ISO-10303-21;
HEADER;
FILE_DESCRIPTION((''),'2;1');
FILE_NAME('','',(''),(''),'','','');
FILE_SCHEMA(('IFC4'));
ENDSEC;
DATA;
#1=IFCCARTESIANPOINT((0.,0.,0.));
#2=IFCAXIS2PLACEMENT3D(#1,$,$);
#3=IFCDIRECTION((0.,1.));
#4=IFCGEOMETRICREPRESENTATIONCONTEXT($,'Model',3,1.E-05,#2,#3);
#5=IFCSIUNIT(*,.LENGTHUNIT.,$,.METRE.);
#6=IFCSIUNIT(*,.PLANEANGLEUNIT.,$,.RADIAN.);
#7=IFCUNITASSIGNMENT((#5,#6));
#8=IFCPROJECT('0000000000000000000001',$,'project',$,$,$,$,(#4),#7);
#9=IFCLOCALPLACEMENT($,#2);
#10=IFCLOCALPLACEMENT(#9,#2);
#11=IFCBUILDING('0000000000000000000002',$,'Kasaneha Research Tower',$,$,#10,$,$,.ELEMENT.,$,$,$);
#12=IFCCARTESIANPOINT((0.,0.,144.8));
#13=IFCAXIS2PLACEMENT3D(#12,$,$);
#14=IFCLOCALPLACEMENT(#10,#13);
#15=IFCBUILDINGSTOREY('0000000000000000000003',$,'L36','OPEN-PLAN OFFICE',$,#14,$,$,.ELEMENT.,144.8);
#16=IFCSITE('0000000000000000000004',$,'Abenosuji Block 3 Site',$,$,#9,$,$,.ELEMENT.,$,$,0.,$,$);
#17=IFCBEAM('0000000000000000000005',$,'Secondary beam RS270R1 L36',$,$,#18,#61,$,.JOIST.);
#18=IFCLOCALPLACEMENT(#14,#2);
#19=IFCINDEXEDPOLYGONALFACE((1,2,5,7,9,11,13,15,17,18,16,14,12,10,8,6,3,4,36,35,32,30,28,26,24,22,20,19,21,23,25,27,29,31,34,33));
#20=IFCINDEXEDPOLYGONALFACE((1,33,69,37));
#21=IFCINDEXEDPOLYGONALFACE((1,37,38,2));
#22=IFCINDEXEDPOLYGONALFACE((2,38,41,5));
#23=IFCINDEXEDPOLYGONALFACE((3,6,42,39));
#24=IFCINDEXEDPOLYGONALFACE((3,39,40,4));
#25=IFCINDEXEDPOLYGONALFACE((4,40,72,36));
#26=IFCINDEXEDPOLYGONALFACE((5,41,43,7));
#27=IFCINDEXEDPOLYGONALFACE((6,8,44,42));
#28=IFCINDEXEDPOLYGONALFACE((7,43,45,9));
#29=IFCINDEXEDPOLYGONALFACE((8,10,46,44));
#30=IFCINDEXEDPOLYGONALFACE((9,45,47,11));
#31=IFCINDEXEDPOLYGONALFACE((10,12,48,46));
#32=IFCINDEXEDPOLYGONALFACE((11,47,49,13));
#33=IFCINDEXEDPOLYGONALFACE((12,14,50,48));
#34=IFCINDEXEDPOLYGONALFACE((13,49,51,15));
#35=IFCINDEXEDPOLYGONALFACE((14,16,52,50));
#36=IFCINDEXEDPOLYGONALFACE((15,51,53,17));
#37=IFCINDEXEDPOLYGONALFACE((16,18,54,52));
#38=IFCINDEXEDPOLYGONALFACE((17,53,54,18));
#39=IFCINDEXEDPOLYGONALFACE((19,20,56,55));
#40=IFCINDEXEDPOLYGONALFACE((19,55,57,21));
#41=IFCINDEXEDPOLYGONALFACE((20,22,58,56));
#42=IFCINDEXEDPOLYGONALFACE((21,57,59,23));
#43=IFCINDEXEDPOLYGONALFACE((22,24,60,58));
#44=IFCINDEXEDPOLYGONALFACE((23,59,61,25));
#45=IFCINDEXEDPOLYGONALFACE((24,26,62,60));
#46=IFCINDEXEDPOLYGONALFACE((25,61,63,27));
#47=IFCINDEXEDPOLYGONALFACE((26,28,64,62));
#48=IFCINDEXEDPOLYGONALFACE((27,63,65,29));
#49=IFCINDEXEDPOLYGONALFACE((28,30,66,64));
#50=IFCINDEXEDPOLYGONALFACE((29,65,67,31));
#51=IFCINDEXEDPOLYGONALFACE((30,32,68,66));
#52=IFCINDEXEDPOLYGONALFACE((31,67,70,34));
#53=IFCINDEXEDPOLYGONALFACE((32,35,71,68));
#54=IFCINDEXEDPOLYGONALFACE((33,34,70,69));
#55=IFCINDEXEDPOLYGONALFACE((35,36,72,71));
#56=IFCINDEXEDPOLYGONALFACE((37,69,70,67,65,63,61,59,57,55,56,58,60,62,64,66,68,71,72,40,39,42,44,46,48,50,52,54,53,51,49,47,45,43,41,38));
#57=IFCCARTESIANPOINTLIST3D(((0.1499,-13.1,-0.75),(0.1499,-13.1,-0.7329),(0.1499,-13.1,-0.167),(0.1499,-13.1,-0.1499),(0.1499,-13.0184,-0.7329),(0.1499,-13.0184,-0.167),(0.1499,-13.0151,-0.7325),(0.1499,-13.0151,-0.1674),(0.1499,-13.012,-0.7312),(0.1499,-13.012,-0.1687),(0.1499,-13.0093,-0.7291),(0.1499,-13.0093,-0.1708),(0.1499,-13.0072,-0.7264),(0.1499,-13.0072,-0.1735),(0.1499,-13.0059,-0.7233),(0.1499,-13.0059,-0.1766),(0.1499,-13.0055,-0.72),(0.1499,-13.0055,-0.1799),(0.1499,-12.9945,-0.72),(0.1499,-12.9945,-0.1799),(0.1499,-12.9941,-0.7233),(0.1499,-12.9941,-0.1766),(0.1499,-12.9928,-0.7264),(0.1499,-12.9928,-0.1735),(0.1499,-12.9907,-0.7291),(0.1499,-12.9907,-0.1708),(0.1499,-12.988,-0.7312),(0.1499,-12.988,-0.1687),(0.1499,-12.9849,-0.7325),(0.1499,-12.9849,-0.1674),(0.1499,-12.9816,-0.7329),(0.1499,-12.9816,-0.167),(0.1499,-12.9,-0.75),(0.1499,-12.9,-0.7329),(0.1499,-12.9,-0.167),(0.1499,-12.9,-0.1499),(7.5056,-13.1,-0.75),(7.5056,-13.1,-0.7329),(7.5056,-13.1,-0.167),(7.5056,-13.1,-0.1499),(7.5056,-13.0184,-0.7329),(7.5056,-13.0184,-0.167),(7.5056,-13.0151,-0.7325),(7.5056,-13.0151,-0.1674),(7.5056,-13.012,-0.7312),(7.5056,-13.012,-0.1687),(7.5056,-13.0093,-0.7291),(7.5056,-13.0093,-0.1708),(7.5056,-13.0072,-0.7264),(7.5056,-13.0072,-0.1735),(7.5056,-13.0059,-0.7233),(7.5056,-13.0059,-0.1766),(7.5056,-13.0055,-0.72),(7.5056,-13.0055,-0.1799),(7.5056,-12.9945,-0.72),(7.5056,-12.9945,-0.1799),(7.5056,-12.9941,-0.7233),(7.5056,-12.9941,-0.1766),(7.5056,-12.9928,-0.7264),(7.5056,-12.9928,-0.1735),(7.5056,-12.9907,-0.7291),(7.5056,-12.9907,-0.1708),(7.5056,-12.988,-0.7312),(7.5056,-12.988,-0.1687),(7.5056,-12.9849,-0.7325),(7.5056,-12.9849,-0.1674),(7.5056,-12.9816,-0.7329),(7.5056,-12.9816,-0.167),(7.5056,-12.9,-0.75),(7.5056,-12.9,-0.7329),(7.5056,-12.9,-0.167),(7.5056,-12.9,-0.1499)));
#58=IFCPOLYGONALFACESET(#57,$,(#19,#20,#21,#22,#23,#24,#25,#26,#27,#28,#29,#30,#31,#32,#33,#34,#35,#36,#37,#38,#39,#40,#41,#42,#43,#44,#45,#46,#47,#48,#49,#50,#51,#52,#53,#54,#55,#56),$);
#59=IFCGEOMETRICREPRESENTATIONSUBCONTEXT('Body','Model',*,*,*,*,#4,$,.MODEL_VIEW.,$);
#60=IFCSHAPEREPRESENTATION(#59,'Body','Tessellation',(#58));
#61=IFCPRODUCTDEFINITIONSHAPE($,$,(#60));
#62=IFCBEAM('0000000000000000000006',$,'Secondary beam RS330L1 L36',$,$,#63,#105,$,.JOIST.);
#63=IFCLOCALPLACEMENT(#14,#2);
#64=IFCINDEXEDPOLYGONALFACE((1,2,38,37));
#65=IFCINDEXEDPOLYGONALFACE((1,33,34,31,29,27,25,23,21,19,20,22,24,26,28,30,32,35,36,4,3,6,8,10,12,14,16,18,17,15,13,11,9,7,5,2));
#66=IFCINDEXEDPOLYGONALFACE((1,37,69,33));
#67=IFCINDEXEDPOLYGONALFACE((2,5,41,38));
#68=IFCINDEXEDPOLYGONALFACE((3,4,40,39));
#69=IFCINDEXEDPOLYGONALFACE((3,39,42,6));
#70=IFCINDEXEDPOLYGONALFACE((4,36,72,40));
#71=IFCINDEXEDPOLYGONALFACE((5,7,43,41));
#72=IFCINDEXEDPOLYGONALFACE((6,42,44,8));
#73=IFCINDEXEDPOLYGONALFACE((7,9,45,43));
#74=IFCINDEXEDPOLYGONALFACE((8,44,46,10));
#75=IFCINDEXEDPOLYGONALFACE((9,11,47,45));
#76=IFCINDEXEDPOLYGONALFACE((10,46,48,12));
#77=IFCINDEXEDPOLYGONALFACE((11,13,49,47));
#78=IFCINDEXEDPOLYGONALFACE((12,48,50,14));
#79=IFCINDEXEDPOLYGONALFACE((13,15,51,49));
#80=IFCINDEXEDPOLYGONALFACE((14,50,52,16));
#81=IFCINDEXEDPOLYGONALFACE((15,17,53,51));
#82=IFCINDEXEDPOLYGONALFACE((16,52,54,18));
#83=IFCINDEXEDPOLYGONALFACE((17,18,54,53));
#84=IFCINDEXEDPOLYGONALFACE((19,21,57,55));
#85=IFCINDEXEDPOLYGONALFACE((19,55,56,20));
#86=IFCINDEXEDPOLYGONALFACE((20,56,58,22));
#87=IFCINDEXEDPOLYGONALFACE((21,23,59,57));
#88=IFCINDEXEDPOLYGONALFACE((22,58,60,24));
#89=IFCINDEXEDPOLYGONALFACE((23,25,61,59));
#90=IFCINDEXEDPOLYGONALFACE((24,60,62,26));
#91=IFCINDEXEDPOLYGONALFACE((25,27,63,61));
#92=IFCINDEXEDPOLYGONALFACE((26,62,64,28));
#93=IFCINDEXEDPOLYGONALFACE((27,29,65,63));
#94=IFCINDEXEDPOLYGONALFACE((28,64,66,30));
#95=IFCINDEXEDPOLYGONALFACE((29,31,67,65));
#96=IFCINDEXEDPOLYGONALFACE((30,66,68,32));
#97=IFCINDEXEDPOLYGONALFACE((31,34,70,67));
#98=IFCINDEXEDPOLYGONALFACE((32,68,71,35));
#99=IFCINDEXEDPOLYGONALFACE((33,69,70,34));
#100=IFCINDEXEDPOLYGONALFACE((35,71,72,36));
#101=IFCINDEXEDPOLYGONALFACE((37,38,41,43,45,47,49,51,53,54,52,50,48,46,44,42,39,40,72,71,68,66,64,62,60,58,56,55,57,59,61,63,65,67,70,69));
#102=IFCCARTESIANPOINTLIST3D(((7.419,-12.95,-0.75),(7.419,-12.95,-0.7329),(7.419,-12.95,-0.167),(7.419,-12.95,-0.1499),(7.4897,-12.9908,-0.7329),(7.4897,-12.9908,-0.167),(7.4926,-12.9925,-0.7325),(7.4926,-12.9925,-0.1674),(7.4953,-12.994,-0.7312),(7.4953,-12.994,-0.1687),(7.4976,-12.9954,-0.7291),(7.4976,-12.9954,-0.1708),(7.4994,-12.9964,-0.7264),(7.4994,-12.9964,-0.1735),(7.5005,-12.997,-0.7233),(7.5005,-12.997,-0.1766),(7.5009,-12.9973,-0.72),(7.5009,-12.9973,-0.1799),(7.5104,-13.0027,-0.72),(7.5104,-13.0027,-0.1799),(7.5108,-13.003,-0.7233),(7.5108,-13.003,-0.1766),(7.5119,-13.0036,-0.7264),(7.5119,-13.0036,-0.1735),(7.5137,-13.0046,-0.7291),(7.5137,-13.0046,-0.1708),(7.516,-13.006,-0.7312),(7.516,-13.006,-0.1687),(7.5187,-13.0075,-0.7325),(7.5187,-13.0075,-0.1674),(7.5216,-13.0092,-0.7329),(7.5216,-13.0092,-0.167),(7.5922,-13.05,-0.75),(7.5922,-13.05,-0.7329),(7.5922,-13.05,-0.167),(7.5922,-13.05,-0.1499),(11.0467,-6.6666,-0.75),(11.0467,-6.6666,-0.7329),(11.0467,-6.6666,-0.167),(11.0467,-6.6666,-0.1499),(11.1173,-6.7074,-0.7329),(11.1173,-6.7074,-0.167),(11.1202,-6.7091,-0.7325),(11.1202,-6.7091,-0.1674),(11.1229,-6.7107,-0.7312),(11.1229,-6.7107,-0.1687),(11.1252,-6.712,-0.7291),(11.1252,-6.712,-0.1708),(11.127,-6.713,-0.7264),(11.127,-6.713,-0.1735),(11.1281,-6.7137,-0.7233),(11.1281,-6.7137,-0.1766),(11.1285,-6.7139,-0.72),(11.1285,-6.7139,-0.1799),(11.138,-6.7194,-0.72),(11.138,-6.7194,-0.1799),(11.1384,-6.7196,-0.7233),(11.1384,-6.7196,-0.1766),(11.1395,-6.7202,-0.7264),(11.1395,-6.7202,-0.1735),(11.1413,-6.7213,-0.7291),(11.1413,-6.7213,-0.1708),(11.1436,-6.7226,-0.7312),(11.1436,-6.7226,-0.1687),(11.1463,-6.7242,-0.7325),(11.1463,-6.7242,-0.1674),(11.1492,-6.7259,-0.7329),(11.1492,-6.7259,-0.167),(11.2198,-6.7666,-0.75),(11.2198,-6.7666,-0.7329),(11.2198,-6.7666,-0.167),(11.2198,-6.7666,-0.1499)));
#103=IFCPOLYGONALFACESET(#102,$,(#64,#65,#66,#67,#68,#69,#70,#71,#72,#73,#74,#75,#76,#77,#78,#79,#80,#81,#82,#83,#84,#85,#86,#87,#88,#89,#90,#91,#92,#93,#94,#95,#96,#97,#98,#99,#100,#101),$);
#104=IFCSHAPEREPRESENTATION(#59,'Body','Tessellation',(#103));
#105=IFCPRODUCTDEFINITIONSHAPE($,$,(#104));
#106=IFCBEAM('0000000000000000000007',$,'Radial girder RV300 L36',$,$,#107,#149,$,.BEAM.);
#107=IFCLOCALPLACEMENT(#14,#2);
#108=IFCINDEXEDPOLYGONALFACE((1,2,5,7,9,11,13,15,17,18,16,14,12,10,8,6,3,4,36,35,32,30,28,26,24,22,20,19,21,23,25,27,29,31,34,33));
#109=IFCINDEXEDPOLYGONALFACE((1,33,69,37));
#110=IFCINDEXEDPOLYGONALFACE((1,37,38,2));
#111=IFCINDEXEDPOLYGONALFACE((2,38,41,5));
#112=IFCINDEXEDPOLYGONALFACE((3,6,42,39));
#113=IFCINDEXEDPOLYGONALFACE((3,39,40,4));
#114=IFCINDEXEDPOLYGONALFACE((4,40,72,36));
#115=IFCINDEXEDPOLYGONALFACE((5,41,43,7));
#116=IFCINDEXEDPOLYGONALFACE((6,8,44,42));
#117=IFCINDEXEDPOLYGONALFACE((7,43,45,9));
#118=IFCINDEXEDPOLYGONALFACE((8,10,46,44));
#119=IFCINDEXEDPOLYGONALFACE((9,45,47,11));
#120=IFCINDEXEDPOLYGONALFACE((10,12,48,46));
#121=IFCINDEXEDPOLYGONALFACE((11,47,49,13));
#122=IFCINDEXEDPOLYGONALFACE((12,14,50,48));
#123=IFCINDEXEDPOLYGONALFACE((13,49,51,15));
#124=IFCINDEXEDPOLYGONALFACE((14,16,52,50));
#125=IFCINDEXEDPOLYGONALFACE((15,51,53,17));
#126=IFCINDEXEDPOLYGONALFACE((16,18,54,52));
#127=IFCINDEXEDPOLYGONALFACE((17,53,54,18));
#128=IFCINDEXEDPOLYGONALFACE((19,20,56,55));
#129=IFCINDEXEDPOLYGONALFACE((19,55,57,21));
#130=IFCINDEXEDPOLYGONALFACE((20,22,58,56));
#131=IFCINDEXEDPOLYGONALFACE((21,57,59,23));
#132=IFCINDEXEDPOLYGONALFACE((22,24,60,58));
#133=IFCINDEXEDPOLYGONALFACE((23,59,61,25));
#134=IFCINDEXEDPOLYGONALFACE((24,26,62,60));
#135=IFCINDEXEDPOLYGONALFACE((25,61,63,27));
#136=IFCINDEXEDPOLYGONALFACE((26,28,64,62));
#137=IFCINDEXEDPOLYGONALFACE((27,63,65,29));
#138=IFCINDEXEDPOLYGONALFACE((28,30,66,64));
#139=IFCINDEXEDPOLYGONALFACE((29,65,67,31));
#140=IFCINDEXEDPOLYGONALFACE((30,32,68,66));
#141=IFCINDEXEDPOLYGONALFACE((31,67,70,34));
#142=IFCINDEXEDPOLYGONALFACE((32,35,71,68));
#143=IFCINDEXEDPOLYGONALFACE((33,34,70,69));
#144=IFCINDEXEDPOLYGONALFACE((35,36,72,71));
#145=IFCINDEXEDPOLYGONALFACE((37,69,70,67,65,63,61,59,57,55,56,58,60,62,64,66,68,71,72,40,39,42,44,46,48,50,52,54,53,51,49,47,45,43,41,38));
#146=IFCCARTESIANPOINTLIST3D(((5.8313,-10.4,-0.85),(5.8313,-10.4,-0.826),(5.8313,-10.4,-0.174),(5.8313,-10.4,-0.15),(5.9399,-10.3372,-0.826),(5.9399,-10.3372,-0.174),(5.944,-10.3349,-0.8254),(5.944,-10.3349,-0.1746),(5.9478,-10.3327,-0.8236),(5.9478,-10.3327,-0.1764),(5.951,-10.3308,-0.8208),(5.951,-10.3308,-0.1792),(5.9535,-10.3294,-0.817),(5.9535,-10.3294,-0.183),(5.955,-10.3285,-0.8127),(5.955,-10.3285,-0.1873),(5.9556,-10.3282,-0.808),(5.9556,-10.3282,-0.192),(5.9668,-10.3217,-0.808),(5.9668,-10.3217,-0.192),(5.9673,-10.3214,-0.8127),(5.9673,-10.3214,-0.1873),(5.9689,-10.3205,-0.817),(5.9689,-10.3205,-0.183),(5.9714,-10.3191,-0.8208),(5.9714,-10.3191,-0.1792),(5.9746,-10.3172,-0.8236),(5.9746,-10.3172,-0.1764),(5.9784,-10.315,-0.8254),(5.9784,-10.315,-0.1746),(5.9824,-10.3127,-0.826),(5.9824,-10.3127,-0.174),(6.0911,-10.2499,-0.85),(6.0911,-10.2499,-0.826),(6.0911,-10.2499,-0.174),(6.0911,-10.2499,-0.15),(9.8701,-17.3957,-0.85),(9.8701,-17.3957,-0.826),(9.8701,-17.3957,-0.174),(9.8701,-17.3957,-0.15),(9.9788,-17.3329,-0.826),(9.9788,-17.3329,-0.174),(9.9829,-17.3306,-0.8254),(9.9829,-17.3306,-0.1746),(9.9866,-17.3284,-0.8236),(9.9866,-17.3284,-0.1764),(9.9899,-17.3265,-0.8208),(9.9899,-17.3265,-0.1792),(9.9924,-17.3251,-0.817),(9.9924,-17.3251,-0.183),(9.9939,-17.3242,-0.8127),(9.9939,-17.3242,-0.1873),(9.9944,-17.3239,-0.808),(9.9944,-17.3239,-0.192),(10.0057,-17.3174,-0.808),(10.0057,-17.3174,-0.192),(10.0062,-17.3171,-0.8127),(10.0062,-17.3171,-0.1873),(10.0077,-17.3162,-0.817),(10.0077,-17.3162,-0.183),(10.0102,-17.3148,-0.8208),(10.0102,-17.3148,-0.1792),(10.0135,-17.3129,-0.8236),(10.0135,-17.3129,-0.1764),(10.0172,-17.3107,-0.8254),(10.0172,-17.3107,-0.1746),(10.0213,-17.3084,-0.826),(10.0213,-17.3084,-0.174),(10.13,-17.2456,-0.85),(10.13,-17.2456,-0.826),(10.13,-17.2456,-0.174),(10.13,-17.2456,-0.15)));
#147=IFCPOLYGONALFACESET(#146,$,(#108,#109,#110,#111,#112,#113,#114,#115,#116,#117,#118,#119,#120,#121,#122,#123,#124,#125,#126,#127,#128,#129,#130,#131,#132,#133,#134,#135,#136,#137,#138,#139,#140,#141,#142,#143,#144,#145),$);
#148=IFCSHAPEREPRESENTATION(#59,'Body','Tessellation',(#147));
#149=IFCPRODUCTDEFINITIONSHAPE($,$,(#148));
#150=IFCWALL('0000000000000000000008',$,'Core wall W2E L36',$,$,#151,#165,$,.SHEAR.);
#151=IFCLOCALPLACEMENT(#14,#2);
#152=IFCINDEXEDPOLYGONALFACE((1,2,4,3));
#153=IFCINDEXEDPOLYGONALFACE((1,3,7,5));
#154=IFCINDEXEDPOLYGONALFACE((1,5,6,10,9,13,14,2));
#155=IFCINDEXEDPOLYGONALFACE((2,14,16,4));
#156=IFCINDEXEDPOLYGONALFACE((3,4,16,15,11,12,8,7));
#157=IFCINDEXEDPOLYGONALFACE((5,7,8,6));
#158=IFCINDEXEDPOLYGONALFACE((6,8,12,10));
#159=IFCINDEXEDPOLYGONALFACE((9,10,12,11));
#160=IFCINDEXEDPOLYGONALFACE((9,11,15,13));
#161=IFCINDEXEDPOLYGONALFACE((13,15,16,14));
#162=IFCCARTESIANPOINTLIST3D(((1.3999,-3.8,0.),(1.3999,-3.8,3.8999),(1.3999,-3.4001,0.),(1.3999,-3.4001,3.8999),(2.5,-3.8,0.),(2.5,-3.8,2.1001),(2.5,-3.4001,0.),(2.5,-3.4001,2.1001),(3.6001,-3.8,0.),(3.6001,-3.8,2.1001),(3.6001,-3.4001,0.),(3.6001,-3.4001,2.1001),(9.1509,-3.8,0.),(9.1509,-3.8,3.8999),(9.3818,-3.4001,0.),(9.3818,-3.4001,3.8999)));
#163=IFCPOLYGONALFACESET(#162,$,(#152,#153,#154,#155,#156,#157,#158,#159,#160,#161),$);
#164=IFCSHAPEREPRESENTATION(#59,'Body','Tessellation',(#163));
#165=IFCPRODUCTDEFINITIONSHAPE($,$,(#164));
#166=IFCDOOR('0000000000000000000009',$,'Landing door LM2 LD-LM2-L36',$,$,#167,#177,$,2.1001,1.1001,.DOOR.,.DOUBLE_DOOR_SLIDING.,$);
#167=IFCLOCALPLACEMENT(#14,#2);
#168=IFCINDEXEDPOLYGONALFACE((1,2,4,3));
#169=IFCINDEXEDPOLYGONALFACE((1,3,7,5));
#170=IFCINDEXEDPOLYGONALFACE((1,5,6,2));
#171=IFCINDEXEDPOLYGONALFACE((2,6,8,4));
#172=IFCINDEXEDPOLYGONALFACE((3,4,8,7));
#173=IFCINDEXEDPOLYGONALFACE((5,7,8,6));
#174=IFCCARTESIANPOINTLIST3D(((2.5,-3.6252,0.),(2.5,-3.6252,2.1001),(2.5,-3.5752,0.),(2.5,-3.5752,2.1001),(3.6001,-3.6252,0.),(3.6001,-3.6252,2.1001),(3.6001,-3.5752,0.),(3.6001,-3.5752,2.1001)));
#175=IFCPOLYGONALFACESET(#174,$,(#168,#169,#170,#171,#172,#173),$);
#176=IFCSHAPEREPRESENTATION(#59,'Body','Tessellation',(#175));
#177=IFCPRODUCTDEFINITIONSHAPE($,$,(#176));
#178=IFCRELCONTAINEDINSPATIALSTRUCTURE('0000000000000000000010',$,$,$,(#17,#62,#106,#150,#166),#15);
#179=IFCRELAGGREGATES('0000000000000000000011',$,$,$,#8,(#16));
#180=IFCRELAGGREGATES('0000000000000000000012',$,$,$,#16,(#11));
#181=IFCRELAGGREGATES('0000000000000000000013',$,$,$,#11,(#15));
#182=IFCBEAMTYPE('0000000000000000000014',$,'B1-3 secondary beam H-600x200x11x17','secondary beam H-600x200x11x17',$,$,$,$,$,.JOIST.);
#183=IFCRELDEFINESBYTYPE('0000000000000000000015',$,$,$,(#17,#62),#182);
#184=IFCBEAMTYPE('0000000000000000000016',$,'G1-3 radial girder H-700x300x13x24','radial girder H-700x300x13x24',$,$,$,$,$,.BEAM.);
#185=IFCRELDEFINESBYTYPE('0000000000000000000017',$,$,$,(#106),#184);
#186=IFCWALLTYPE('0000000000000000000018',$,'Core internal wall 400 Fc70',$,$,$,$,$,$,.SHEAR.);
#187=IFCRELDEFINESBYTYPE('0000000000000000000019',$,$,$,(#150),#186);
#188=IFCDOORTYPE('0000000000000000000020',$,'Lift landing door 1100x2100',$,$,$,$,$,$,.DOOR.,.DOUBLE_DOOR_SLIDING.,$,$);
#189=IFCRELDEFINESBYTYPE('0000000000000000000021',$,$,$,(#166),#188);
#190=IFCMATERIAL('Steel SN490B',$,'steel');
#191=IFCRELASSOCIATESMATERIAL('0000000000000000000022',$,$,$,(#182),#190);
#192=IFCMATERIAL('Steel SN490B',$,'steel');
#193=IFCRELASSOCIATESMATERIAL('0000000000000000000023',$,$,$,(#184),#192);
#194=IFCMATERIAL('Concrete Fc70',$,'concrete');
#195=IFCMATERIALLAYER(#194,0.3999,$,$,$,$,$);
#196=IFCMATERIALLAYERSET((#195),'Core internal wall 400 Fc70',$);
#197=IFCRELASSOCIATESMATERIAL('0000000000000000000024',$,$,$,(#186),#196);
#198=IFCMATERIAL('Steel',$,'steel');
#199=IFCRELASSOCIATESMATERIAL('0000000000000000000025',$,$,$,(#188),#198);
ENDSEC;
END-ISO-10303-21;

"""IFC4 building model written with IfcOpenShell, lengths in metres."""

from ifc_helpers import new_model, si_unit, direction, frame, frame_2d, origin, origin_2d, place, context, subcontext, project, spatial, polyline, rectangle, i_section, outline, extrude, material, layer, layer_set, material_profile, profile_set, type_object, element, fill, save


model = new_model("IFC4")

# Units and contexts
model_context = context("Model", 3, precision=1e-05, world=origin(), true_north=direction((0.0, 1.0)))
body_context = subcontext(model_context, "Body", "Model", "MODEL_VIEW")
ifc_project = project(units=[si_unit("LENGTHUNIT", "METRE"), si_unit("PLANEANGLEUNIT", "RADIAN")], contexts=[model_context])

# Site, building, storey
site_placement = place(None, origin())
site = spatial("IfcSite", under=ifc_project, at=site_placement, Name="Abenosuji Block 3 Site", CompositionType="ELEMENT", RefElevation=0.0)
building_placement = place(site_placement, origin())
building = spatial("IfcBuilding", under=site, at=building_placement, Name="Kasaneha Research Tower", CompositionType="ELEMENT")
storey_placement = place(building_placement, frame((0.0, 0.0, 144.8)))
storey = spatial("IfcBuildingStorey", under=building, at=storey_placement, Name="L36", Description="OPEN-PLAN OFFICE", CompositionType="ELEMENT", Elevation=144.8)

# Beams
ifc_material_1 = material(Name="Steel SN490B", Category="steel")
ifc_material_profile_1 = material_profile(ifc_material_1, i_section(OverallWidth=0.2, OverallDepth=0.6001, WebThickness=0.011, FlangeThickness=0.0171, FilletRadius=0.0129, at=origin_2d()), Name="H-600x200x11x17")
ifc_profile_set_1 = profile_set([ifc_material_profile_1], Name="Steel SN490B")
beam_type_1 = type_object("IfcBeamType", Name="B1-3 secondary beam H-600x200x11x17", Description="secondary beam H-600x200x11x17", PredefinedType="JOIST", material=ifc_profile_set_1)
beam_1_placement = place(storey_placement, frame((7.5056, -13.0, -0.45), z_axis=(-1.0, 0.0, 0.0), x_axis=(0.0, -1.0, 0.0)))
element("IfcBeam", 1, at=beam_1_placement, inside=storey, type_object=beam_type_1, Name="Secondary beam RS270R1 L36", PredefinedType="JOIST", context=body_context, shape_type="SweptSolid", body=[
    extrude(i_section(OverallWidth=0.2, OverallDepth=0.6001, WebThickness=0.011, FlangeThickness=0.0171, FilletRadius=0.0129, at=origin_2d()), origin(), (0.0, 0.0, 1.0), 7.3557),
])
beam_2_placement = place(storey_placement, frame((7.5056, -13.0, -0.45), z_axis=(0.499993, 0.866029, 0.0), x_axis=(-0.866029, 0.499993, 0.0)))
element("IfcBeam", 2, at=beam_2_placement, inside=storey, type_object=beam_type_1, Name="Secondary beam RS330L1 L36", PredefinedType="JOIST", context=body_context, shape_type="SweptSolid", body=[
    extrude(i_section(OverallWidth=0.2, OverallDepth=0.6001, WebThickness=0.011, FlangeThickness=0.0171, FilletRadius=0.0129, at=origin_2d()), origin(), (0.0, 0.0, 1.0), 7.2554),
])
ifc_material_2 = material(Name="Steel SN490B", Category="steel")
ifc_material_profile_2 = material_profile(ifc_material_2, i_section(OverallWidth=0.3, OverallDepth=0.7, WebThickness=0.0129, FlangeThickness=0.0239, FilletRadius=0.0181, at=origin_2d()), Name="H-700x300x13x24")
ifc_profile_set_2 = profile_set([ifc_material_profile_2], Name="Steel SN490B")
beam_type_2 = type_object("IfcBeamType", Name="G1-3 radial girder H-700x300x13x24", Description="radial girder H-700x300x13x24", PredefinedType="BEAM", material=ifc_profile_set_2)
beam_3_placement = place(storey_placement, frame((5.9612, -10.325, -0.5), z_axis=(0.499991, -0.866031, 0.0), x_axis=(0.866031, 0.499991, 0.0)))
element("IfcBeam", 3, at=beam_3_placement, inside=storey, type_object=beam_type_2, Name="Radial girder RV300 L36", PredefinedType="BEAM", context=body_context, shape_type="SweptSolid", body=[
    extrude(i_section(OverallWidth=0.3, OverallDepth=0.7, WebThickness=0.0129, FlangeThickness=0.0239, FilletRadius=0.0181, at=origin_2d()), origin(), (0.0, 0.0, 1.0), 8.0779),
])

# Wall, opening, door
ifc_material_3 = material(Name="Concrete Fc70", Category="concrete")
ifc_layer_1 = layer(ifc_material_3, 0.3999)
ifc_layer_set_1 = layer_set([ifc_layer_1], Name="Core internal wall 400 Fc70")
wall_type_1 = type_object("IfcWallType", Name="Core internal wall 400 Fc70", PredefinedType="SHEAR", material=ifc_layer_set_1)
wall_1_placement = place(storey_placement, frame((1.3999, -3.6001, 0.0), z_axis=(0.0, 0.0, 1.0), x_axis=(1.0, 0.0, 0.0)))
wall_1 = element("IfcWall", 4, at=wall_1_placement, inside=storey, type_object=wall_type_1, Name="Core wall W2E L36", PredefinedType="SHEAR", context=body_context, shape_type="SweptSolid", body=[
    extrude(outline(polyline([(0.0, -0.2), (1.1001, -0.2), (2.2002, -0.2), (7.751, -0.2), (7.9819, 0.2), (2.2002, 0.2), (1.1001, 0.2), (0.0, 0.2), (0.0, -0.2)])), origin(), (0.0, 0.0, 1.0), 3.8999),
])
opening_1_placement = place(wall_1_placement, frame((1.1001, 0.0, 0.0)))
opening_1 = element("IfcOpeningElement", 5, at=opening_1_placement, cuts=wall_1, PredefinedType="OPENING", context=body_context, shape_type="SweptSolid", body=[
    extrude(rectangle(XDim=1.1001, YDim=2.1001, at=frame_2d((0.55, 1.05))), frame((0.0, 0.21, 0.0), z_axis=(0.0, -1.0, 0.0), x_axis=(1.0, 0.0, 0.0)), (0.0, 0.0, 1.0), 0.4199),
])
ifc_material_4 = material(Name="Steel", Category="steel")
door_type_1 = type_object("IfcDoorType", Name="Lift landing door 1100x2100", OperationType="DOUBLE_DOOR_SLIDING", PredefinedType="DOOR", material=ifc_material_4)
door_1_placement = place(opening_1_placement, origin())
door_1 = element("IfcDoor", 6, at=door_1_placement, inside=storey, type_object=door_type_1, Name="Landing door LM2 LD-LM2-L36", OperationType="DOUBLE_DOOR_SLIDING", OverallHeight=2.1001, OverallWidth=1.1001, PredefinedType="DOOR", context=body_context, shape_type="SweptSolid", body=[
    extrude(rectangle(XDim=1.1001, YDim=2.1001, at=frame_2d((0.55, 1.05))), frame((0.0, 0.0249, 0.0), z_axis=(0.0, -1.0, 0.0), x_axis=(1.0, 0.0, 0.0)), (0.0, 0.0, 1.0), 0.05),
])
fill(opening_1, door_1)

save(model, "model.ifc")
